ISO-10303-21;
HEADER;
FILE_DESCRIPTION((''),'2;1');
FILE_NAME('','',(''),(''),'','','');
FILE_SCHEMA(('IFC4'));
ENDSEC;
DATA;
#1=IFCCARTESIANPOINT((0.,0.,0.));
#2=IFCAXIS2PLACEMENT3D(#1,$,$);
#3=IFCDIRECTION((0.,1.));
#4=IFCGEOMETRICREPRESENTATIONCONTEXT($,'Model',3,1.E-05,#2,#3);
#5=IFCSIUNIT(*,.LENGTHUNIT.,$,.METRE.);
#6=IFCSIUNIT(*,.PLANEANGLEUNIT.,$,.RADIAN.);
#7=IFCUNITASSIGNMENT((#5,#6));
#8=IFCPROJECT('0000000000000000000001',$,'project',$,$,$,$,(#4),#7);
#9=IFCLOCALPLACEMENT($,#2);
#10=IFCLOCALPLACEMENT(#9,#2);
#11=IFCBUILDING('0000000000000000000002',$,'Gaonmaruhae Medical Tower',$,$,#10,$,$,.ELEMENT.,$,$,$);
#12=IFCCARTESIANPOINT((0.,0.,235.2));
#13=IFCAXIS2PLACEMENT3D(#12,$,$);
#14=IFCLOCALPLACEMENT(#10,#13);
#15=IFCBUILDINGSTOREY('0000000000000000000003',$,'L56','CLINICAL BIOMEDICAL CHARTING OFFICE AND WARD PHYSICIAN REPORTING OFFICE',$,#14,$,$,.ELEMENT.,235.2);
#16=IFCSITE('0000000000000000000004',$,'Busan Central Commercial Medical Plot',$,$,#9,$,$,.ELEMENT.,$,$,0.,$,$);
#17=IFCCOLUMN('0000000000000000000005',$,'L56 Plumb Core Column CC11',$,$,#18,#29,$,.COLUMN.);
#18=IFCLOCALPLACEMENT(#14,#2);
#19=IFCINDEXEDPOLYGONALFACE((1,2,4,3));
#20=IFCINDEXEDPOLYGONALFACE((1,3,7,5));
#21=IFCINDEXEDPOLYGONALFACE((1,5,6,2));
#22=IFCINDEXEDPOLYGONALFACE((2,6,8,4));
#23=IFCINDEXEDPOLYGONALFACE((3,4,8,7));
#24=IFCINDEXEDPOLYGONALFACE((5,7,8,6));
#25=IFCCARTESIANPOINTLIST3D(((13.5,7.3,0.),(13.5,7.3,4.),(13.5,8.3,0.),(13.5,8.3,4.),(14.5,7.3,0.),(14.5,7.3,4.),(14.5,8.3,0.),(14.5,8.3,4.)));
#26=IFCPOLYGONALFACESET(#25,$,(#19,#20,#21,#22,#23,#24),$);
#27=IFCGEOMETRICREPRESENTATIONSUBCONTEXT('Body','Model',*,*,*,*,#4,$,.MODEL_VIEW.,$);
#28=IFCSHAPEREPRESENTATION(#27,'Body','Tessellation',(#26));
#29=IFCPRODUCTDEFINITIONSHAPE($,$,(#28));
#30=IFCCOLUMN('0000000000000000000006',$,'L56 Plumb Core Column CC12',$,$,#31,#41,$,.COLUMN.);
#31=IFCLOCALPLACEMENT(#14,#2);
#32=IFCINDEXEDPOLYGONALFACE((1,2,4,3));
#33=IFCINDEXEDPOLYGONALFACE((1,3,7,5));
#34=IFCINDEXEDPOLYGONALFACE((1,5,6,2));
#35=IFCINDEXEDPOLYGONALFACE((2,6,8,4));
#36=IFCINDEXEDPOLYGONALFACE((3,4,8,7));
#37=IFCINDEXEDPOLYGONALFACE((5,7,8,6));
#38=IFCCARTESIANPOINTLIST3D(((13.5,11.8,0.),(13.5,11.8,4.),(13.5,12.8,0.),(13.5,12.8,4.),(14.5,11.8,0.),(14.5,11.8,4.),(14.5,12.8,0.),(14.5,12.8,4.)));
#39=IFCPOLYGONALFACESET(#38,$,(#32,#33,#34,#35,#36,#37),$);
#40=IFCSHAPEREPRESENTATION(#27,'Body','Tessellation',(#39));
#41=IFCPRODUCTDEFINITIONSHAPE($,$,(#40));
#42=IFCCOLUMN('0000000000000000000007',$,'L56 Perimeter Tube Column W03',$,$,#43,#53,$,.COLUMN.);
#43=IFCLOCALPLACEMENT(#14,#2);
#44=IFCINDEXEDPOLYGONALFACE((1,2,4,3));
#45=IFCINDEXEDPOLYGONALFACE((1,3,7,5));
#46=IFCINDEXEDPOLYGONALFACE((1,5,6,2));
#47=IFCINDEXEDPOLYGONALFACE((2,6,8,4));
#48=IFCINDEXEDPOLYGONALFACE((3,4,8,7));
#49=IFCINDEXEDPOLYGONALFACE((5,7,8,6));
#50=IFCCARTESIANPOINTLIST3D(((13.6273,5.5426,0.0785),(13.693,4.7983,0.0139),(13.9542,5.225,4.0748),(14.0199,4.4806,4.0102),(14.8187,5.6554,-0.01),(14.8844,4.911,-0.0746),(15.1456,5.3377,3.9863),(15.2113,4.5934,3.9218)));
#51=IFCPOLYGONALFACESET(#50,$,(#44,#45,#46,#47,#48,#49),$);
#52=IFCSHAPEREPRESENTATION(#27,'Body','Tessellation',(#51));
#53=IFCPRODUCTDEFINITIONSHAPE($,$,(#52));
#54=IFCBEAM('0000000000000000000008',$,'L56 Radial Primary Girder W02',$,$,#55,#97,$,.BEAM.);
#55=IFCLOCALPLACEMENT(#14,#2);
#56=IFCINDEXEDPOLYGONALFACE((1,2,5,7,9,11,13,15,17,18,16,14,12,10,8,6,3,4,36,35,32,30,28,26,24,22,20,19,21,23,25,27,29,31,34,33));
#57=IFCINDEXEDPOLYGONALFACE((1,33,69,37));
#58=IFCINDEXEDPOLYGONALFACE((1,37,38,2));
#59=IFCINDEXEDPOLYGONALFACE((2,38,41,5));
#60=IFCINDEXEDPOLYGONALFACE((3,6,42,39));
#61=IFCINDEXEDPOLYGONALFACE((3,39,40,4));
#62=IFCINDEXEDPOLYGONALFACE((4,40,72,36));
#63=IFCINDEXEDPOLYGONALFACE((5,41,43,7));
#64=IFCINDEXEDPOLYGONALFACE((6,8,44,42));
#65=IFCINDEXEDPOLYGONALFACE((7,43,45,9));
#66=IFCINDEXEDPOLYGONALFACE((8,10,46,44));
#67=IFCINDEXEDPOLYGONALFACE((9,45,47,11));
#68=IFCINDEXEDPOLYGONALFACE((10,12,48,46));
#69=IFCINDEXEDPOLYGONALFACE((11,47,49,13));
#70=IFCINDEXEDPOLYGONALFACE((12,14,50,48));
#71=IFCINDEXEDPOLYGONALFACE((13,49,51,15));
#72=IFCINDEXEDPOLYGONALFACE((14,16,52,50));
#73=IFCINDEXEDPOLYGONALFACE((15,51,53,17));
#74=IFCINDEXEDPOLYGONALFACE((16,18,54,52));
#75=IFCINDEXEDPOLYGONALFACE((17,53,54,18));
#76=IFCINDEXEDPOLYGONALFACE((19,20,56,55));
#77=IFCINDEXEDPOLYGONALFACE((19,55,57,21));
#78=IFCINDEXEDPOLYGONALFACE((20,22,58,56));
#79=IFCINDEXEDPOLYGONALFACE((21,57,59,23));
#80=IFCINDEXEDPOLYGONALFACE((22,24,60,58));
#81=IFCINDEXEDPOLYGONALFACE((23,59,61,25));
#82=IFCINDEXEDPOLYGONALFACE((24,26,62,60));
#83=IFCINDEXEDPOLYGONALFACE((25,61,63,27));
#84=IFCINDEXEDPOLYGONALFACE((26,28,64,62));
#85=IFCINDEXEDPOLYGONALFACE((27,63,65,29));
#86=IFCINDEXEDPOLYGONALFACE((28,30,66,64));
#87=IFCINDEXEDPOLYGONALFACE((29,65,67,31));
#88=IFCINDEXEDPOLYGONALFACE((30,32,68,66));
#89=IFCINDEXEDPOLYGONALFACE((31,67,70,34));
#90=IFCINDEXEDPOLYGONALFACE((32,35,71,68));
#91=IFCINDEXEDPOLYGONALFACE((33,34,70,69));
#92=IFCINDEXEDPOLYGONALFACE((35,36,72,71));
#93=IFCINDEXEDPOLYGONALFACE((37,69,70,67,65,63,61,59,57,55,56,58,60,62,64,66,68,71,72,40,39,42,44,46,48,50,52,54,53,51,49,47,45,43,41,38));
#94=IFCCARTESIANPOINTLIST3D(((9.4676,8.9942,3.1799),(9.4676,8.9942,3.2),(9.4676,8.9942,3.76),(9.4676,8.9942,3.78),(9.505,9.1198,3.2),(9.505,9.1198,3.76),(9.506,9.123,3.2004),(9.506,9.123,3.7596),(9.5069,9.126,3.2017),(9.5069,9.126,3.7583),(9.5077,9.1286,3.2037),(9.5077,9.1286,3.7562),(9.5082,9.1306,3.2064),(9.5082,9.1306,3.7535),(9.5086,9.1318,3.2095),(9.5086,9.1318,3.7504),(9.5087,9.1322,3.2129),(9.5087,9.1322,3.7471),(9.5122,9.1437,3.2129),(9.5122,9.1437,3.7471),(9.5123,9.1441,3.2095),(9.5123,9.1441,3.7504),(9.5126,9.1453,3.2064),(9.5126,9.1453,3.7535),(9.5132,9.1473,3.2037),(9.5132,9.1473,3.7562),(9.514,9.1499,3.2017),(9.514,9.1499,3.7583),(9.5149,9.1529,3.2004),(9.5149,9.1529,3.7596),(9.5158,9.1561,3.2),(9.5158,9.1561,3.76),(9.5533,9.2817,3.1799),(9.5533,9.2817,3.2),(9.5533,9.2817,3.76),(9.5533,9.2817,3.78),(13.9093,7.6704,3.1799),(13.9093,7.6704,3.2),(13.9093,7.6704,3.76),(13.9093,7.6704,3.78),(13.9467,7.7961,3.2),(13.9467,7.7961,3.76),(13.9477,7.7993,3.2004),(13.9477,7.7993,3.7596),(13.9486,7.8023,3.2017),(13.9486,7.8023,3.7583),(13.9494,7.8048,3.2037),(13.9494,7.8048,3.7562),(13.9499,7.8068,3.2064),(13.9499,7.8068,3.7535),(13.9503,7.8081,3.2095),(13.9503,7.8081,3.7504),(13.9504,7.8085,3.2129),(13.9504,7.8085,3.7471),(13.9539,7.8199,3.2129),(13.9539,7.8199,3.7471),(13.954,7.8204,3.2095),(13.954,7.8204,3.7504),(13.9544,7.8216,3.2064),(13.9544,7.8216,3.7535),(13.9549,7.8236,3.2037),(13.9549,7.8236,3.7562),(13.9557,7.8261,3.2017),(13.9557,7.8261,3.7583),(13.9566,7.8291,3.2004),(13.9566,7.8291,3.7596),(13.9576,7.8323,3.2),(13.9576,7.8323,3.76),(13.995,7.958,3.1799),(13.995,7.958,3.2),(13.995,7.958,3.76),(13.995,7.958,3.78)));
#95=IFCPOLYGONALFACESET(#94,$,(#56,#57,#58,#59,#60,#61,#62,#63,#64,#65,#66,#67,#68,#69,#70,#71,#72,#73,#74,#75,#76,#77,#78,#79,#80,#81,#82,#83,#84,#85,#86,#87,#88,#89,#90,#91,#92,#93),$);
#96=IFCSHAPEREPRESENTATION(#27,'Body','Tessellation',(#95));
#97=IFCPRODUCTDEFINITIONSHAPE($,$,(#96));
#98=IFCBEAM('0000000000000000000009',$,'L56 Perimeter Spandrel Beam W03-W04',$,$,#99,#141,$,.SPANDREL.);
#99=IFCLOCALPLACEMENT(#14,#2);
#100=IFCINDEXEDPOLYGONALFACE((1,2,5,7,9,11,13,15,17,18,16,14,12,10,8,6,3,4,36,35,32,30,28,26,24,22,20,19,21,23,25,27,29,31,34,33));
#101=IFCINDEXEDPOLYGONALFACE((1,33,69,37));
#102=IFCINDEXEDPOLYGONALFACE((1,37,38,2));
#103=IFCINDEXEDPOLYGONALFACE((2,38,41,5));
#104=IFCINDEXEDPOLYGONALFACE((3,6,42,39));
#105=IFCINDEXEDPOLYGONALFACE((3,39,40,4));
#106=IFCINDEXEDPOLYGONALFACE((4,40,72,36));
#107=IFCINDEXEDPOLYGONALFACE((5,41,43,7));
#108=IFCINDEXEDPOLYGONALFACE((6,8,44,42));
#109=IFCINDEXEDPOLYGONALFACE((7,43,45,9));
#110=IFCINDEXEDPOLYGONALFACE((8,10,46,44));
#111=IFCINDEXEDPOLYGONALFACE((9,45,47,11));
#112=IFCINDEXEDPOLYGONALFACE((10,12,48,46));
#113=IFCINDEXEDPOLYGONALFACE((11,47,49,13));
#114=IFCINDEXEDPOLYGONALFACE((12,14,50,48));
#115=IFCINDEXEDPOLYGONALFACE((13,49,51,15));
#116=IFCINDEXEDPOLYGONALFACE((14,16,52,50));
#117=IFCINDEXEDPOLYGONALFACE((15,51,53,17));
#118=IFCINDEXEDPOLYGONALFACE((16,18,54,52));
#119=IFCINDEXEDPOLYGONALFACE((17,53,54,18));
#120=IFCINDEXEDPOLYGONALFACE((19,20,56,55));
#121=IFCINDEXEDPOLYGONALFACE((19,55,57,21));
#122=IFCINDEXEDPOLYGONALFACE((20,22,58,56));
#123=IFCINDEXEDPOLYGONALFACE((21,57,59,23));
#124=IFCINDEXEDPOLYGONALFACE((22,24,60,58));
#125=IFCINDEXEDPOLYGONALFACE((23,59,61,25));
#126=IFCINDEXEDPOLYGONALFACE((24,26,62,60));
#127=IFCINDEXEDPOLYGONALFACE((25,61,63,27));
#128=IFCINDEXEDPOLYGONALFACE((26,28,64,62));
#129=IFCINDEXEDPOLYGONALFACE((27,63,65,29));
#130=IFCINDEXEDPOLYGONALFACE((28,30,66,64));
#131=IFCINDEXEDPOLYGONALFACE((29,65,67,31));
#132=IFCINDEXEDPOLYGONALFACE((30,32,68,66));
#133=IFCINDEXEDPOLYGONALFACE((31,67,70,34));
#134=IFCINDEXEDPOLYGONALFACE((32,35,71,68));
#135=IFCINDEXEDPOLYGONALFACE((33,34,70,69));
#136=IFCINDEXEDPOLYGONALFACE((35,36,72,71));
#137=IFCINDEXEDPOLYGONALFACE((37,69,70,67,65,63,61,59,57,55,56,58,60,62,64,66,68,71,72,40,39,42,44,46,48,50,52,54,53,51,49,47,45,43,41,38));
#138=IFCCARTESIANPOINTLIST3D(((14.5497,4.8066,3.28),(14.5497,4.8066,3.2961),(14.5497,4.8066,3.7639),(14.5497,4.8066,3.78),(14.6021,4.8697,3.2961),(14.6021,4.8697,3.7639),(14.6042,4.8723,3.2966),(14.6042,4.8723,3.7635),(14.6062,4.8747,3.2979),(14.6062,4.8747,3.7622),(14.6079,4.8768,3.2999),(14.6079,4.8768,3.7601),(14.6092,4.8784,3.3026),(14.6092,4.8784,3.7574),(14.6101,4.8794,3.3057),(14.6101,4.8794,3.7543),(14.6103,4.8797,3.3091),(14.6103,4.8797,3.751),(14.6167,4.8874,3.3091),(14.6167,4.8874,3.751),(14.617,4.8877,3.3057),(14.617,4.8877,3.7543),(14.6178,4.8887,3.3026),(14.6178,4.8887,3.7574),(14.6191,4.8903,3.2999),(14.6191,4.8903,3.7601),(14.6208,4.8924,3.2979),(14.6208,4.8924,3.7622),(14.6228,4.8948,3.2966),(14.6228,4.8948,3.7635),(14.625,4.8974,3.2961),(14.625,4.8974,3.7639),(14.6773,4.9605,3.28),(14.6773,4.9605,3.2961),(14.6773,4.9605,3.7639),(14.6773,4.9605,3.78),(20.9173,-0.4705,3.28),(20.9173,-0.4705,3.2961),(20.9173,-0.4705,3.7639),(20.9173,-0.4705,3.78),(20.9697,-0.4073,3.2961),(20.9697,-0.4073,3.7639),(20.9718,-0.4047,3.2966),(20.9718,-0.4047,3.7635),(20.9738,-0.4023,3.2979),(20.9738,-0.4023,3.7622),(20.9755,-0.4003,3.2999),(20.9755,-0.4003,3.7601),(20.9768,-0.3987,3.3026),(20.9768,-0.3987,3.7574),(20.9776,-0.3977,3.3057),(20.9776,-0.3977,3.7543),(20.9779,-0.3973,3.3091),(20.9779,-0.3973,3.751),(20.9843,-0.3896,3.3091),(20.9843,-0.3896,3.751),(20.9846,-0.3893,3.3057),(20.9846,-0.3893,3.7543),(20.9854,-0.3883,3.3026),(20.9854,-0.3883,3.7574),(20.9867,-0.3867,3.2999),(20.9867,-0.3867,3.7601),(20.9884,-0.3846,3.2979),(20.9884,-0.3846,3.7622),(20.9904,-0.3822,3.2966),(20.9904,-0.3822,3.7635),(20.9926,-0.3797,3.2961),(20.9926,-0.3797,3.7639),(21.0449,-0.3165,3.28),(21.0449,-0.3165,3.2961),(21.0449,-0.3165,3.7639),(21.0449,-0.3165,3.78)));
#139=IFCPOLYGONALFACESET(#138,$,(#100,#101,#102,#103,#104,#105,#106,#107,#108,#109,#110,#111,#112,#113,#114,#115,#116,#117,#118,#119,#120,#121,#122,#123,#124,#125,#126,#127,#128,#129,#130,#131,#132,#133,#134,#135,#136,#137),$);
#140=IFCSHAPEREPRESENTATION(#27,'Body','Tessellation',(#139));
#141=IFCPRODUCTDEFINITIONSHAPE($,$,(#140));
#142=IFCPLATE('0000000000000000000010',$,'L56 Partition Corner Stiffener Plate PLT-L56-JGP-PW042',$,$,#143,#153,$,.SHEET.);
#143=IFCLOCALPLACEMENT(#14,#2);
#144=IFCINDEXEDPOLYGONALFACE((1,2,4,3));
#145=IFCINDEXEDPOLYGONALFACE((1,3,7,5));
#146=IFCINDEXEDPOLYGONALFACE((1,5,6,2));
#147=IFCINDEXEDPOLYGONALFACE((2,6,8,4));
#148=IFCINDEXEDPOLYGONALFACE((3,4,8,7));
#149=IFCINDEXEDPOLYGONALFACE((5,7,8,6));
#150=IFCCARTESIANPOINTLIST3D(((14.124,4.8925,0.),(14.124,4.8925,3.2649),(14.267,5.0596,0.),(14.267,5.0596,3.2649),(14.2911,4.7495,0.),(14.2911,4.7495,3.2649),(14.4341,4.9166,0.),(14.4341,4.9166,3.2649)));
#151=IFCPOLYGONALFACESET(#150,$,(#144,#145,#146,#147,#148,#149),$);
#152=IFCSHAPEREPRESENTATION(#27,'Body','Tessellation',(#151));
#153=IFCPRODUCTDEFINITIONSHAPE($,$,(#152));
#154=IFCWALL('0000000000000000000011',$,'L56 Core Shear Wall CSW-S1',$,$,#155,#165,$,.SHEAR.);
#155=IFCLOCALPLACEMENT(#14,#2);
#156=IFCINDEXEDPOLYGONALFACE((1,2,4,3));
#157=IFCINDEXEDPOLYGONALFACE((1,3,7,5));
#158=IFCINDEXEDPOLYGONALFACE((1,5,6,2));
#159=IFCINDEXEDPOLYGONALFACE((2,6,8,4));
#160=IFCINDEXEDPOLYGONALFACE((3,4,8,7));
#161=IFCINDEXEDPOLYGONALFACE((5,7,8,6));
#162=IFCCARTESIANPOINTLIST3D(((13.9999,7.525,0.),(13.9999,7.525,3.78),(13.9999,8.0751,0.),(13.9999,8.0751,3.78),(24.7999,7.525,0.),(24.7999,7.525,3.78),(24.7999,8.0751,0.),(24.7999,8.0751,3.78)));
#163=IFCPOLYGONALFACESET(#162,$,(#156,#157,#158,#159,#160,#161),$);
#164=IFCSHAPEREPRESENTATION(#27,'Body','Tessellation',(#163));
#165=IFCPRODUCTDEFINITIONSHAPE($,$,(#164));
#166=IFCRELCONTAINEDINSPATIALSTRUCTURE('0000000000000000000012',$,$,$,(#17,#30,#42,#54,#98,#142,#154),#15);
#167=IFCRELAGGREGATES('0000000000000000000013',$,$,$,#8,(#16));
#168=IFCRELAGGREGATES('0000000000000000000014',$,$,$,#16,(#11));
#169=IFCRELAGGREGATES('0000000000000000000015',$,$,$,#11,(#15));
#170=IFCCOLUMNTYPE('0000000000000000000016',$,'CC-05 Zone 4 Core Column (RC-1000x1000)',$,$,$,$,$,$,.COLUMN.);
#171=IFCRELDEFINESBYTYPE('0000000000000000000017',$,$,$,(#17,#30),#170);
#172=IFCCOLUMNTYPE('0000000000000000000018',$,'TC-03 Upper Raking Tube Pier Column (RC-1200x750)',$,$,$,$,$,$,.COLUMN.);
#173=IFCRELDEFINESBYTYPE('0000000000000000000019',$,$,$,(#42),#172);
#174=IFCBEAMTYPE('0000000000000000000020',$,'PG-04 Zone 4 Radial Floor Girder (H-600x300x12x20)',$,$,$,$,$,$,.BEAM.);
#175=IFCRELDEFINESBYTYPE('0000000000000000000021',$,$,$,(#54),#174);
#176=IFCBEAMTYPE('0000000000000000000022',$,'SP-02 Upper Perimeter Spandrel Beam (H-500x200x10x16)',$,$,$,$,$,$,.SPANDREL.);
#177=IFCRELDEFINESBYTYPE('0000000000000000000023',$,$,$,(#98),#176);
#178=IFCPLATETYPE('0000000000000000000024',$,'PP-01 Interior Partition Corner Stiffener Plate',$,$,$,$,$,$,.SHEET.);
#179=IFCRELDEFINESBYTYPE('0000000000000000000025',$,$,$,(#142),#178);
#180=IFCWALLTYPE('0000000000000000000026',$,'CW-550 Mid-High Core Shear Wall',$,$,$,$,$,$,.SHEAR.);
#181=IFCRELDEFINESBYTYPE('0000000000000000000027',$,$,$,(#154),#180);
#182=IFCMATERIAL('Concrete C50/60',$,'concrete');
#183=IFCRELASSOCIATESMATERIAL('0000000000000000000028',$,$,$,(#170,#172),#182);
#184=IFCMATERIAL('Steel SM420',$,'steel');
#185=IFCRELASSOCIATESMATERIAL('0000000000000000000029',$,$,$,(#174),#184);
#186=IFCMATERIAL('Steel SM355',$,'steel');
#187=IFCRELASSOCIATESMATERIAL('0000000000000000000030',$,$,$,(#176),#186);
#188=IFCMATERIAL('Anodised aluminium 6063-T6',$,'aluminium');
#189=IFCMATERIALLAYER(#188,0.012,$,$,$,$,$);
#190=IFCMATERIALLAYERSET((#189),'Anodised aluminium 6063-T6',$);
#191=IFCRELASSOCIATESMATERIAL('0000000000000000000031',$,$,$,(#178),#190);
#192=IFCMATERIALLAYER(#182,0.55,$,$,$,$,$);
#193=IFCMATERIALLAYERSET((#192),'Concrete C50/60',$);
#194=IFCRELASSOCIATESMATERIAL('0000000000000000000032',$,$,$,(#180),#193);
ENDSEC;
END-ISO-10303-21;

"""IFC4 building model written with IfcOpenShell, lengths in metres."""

from ifc_helpers import new_model, si_unit, direction, frame, frame_2d, origin, origin_2d, place, context, subcontext, project, spatial, rectangle, i_section, extrude, material, layer, layer_set, material_profile, profile_set, type_object, element, save


model = new_model("IFC4")

# Units and contexts
model_context = context("Model", 3, precision=1e-05, world=origin(), true_north=direction((0.0, 1.0)))
body_context = subcontext(model_context, "Body", "Model", "MODEL_VIEW")
ifc_project = project(units=[si_unit("LENGTHUNIT", "METRE"), si_unit("PLANEANGLEUNIT", "RADIAN")], contexts=[model_context])

# Site, building, storey
site_placement = place(None, origin())
site = spatial("IfcSite", under=ifc_project, at=site_placement, Name="Busan Central Commercial Medical Plot", CompositionType="ELEMENT", RefElevation=0.0)
building_placement = place(site_placement, origin())
building = spatial("IfcBuilding", under=site, at=building_placement, Name="Gaonmaruhae Medical Tower", CompositionType="ELEMENT")
storey_placement = place(building_placement, frame((0.0, 0.0, 235.2)))
storey = spatial("IfcBuildingStorey", under=building, at=storey_placement, Name="L56", Description="CLINICAL BIOMEDICAL CHARTING OFFICE AND WARD PHYSICIAN REPORTING OFFICE", CompositionType="ELEMENT", Elevation=235.2)

# Columns
ifc_material_1 = material(Name="Concrete C50/60", Category="concrete")
ifc_material_profile_1 = material_profile(ifc_material_1, rectangle(XDim=1.0, YDim=1.0, at=origin_2d()), Name="RC-1000x1000")
ifc_profile_set_1 = profile_set([ifc_material_profile_1], Name="Concrete C50/60")
column_type_1 = type_object("IfcColumnType", Name="CC-05 Zone 4 Core Column (RC-1000x1000)", PredefinedType="COLUMN", material=ifc_profile_set_1)
for number, where, z_axis, x_axis, name in (
    (1, (14.0, 7.8, 0.0), (0.0, 0.0, 1.0), (1.0, 0.0, 0.0), "L56 Plumb Core Column CC11"),
    (2, (14.0, 12.3, 0.0), (0.0, 0.0, 1.0), (1.0, 0.0, 0.0), "L56 Plumb Core Column CC12"),
):
    element("IfcColumn", number, at=place(storey_placement, frame(where, z_axis=z_axis, x_axis=x_axis)), inside=storey, type_object=column_type_1, Name=name, PredefinedType="COLUMN", context=body_context, shape_type="SweptSolid", body=[
        extrude(rectangle(XDim=1.0, YDim=1.0, at=origin_2d()), origin(), (0.0, 0.0, 1.0), 4.0),
    ])
ifc_material_profile_2 = material_profile(ifc_material_1, rectangle(XDim=1.2, YDim=0.75, at=origin_2d()), Name="RC-1200x750")
ifc_profile_set_2 = profile_set([ifc_material_profile_2], Name="Concrete C50/60")
column_type_2 = type_object("IfcColumnType", Name="TC-03 Upper Raking Tube Pier Column (RC-1200x750)", PredefinedType="COLUMN", material=ifc_profile_set_2)
column_placement = place(storey_placement, frame((14.2559, 5.2268, 0.002), z_axis=(0.081274, -0.078968, 0.993559), x_axis=(-0.992839, -0.093982, 0.073746)))
element("IfcColumn", 3, at=column_placement, inside=storey, type_object=column_type_2, Name="L56 Perimeter Tube Column W03", PredefinedType="COLUMN", context=body_context, shape_type="SweptSolid", body=[
    extrude(rectangle(XDim=1.2, YDim=0.75, at=origin_2d()), origin(), (0.0, 0.0, 1.0), 4.0222),
])

# Beams
ifc_material_2 = material(Name="Steel SM420", Category="steel")
ifc_material_profile_3 = material_profile(ifc_material_2, i_section(OverallWidth=0.3, OverallDepth=0.6001, WebThickness=0.012, FlangeThickness=0.02, FilletRadius=0.0129, at=origin_2d()), Name="H-600x300x12x20")
ifc_profile_set_3 = profile_set([ifc_material_profile_3], Name="Steel SM420")
beam_type_1 = type_object("IfcBeamType", Name="PG-04 Zone 4 Radial Floor Girder (H-600x300x12x20)", PredefinedType="BEAM", material=ifc_profile_set_3)
beam_1_placement = place(storey_placement, frame((13.9521, 7.8142, 3.48), z_axis=(-0.958345, 0.285612, 0.0), x_axis=(-0.285612, -0.958345, 0.0)))
element("IfcBeam", 4, at=beam_1_placement, inside=storey, type_object=beam_type_1, Name="L56 Radial Primary Girder W02", PredefinedType="BEAM", context=body_context, shape_type="SweptSolid", body=[
    extrude(i_section(OverallWidth=0.3, OverallDepth=0.6001, WebThickness=0.012, FlangeThickness=0.02, FilletRadius=0.0129, at=origin_2d()), origin(), (0.0, 0.0, 1.0), 4.6348),
])
ifc_material_3 = material(Name="Steel SM355", Category="steel")
ifc_material_profile_4 = material_profile(ifc_material_3, i_section(OverallWidth=0.2, OverallDepth=0.5, WebThickness=0.01, FlangeThickness=0.0161, FilletRadius=0.0129, at=origin_2d()), Name="H-500x200x10x16")
ifc_profile_set_4 = profile_set([ifc_material_profile_4], Name="Steel SM355")
beam_type_2 = type_object("IfcBeamType", Name="SP-02 Upper Perimeter Spandrel Beam (H-500x200x10x16)", PredefinedType="SPANDREL", material=ifc_profile_set_4)
beam_2_placement = place(storey_placement, frame((14.6135, 4.8835, 3.53), z_axis=(0.769961, -0.638091, 0.0), x_axis=(0.638091, 0.769961, 0.0)))
element("IfcBeam", 5, at=beam_2_placement, inside=storey, type_object=beam_type_2, Name="L56 Perimeter Spandrel Beam W03-W04", PredefinedType="SPANDREL", context=body_context, shape_type="SweptSolid", body=[
    extrude(i_section(OverallWidth=0.2, OverallDepth=0.5, WebThickness=0.01, FlangeThickness=0.0161, FilletRadius=0.0129, at=origin_2d()), origin(), (0.0, 0.0, 1.0), 8.27),
])

# Plate
ifc_material_4 = material(Name="Anodised aluminium 6063-T6", Category="aluminium")
ifc_layer_1 = layer(ifc_material_4, 0.012)
ifc_layer_set_1 = layer_set([ifc_layer_1], Name="Anodised aluminium 6063-T6")
plate_type = type_object("IfcPlateType", Name="PP-01 Interior Partition Corner Stiffener Plate", PredefinedType="SHEET", material=ifc_layer_set_1)
plate_placement = place(storey_placement, frame((14.2791, 4.9045, 0.0), z_axis=(0.0, 0.0, 1.0), x_axis=(-0.759703, 0.650271, 0.0)))
element("IfcPlate", 6, at=plate_placement, inside=storey, type_object=plate_type, Name="L56 Partition Corner Stiffener Plate PLT-L56-JGP-PW042", PredefinedType="SHEET", context=body_context, shape_type="SweptSolid", body=[
    extrude(rectangle(XDim=0.22, YDim=0.22, at=origin_2d()), origin(), (0.0, 0.0, 1.0), 3.2649),
])

# Wall
ifc_layer_2 = layer(ifc_material_1, 0.55)
ifc_layer_set_2 = layer_set([ifc_layer_2], Name="Concrete C50/60")
wall_type_1 = type_object("IfcWallType", Name="CW-550 Mid-High Core Shear Wall", PredefinedType="SHEAR", material=ifc_layer_set_2)
wall_1_placement = place(storey_placement, frame((14.0, 7.8, 0.0), z_axis=(0.0, 0.0, 1.0), x_axis=(1.0, 0.0, 0.0)))
element("IfcWall", 7, at=wall_1_placement, inside=storey, type_object=wall_type_1, Name="L56 Core Shear Wall CSW-S1", PredefinedType="SHEAR", context=body_context, shape_type="SweptSolid", body=[
    extrude(rectangle(XDim=10.8, YDim=0.55, at=frame_2d((5.3999, 0.0))), origin(), (0.0, 0.0, 1.0), 3.78),
])

save(model, "model.ifc")
